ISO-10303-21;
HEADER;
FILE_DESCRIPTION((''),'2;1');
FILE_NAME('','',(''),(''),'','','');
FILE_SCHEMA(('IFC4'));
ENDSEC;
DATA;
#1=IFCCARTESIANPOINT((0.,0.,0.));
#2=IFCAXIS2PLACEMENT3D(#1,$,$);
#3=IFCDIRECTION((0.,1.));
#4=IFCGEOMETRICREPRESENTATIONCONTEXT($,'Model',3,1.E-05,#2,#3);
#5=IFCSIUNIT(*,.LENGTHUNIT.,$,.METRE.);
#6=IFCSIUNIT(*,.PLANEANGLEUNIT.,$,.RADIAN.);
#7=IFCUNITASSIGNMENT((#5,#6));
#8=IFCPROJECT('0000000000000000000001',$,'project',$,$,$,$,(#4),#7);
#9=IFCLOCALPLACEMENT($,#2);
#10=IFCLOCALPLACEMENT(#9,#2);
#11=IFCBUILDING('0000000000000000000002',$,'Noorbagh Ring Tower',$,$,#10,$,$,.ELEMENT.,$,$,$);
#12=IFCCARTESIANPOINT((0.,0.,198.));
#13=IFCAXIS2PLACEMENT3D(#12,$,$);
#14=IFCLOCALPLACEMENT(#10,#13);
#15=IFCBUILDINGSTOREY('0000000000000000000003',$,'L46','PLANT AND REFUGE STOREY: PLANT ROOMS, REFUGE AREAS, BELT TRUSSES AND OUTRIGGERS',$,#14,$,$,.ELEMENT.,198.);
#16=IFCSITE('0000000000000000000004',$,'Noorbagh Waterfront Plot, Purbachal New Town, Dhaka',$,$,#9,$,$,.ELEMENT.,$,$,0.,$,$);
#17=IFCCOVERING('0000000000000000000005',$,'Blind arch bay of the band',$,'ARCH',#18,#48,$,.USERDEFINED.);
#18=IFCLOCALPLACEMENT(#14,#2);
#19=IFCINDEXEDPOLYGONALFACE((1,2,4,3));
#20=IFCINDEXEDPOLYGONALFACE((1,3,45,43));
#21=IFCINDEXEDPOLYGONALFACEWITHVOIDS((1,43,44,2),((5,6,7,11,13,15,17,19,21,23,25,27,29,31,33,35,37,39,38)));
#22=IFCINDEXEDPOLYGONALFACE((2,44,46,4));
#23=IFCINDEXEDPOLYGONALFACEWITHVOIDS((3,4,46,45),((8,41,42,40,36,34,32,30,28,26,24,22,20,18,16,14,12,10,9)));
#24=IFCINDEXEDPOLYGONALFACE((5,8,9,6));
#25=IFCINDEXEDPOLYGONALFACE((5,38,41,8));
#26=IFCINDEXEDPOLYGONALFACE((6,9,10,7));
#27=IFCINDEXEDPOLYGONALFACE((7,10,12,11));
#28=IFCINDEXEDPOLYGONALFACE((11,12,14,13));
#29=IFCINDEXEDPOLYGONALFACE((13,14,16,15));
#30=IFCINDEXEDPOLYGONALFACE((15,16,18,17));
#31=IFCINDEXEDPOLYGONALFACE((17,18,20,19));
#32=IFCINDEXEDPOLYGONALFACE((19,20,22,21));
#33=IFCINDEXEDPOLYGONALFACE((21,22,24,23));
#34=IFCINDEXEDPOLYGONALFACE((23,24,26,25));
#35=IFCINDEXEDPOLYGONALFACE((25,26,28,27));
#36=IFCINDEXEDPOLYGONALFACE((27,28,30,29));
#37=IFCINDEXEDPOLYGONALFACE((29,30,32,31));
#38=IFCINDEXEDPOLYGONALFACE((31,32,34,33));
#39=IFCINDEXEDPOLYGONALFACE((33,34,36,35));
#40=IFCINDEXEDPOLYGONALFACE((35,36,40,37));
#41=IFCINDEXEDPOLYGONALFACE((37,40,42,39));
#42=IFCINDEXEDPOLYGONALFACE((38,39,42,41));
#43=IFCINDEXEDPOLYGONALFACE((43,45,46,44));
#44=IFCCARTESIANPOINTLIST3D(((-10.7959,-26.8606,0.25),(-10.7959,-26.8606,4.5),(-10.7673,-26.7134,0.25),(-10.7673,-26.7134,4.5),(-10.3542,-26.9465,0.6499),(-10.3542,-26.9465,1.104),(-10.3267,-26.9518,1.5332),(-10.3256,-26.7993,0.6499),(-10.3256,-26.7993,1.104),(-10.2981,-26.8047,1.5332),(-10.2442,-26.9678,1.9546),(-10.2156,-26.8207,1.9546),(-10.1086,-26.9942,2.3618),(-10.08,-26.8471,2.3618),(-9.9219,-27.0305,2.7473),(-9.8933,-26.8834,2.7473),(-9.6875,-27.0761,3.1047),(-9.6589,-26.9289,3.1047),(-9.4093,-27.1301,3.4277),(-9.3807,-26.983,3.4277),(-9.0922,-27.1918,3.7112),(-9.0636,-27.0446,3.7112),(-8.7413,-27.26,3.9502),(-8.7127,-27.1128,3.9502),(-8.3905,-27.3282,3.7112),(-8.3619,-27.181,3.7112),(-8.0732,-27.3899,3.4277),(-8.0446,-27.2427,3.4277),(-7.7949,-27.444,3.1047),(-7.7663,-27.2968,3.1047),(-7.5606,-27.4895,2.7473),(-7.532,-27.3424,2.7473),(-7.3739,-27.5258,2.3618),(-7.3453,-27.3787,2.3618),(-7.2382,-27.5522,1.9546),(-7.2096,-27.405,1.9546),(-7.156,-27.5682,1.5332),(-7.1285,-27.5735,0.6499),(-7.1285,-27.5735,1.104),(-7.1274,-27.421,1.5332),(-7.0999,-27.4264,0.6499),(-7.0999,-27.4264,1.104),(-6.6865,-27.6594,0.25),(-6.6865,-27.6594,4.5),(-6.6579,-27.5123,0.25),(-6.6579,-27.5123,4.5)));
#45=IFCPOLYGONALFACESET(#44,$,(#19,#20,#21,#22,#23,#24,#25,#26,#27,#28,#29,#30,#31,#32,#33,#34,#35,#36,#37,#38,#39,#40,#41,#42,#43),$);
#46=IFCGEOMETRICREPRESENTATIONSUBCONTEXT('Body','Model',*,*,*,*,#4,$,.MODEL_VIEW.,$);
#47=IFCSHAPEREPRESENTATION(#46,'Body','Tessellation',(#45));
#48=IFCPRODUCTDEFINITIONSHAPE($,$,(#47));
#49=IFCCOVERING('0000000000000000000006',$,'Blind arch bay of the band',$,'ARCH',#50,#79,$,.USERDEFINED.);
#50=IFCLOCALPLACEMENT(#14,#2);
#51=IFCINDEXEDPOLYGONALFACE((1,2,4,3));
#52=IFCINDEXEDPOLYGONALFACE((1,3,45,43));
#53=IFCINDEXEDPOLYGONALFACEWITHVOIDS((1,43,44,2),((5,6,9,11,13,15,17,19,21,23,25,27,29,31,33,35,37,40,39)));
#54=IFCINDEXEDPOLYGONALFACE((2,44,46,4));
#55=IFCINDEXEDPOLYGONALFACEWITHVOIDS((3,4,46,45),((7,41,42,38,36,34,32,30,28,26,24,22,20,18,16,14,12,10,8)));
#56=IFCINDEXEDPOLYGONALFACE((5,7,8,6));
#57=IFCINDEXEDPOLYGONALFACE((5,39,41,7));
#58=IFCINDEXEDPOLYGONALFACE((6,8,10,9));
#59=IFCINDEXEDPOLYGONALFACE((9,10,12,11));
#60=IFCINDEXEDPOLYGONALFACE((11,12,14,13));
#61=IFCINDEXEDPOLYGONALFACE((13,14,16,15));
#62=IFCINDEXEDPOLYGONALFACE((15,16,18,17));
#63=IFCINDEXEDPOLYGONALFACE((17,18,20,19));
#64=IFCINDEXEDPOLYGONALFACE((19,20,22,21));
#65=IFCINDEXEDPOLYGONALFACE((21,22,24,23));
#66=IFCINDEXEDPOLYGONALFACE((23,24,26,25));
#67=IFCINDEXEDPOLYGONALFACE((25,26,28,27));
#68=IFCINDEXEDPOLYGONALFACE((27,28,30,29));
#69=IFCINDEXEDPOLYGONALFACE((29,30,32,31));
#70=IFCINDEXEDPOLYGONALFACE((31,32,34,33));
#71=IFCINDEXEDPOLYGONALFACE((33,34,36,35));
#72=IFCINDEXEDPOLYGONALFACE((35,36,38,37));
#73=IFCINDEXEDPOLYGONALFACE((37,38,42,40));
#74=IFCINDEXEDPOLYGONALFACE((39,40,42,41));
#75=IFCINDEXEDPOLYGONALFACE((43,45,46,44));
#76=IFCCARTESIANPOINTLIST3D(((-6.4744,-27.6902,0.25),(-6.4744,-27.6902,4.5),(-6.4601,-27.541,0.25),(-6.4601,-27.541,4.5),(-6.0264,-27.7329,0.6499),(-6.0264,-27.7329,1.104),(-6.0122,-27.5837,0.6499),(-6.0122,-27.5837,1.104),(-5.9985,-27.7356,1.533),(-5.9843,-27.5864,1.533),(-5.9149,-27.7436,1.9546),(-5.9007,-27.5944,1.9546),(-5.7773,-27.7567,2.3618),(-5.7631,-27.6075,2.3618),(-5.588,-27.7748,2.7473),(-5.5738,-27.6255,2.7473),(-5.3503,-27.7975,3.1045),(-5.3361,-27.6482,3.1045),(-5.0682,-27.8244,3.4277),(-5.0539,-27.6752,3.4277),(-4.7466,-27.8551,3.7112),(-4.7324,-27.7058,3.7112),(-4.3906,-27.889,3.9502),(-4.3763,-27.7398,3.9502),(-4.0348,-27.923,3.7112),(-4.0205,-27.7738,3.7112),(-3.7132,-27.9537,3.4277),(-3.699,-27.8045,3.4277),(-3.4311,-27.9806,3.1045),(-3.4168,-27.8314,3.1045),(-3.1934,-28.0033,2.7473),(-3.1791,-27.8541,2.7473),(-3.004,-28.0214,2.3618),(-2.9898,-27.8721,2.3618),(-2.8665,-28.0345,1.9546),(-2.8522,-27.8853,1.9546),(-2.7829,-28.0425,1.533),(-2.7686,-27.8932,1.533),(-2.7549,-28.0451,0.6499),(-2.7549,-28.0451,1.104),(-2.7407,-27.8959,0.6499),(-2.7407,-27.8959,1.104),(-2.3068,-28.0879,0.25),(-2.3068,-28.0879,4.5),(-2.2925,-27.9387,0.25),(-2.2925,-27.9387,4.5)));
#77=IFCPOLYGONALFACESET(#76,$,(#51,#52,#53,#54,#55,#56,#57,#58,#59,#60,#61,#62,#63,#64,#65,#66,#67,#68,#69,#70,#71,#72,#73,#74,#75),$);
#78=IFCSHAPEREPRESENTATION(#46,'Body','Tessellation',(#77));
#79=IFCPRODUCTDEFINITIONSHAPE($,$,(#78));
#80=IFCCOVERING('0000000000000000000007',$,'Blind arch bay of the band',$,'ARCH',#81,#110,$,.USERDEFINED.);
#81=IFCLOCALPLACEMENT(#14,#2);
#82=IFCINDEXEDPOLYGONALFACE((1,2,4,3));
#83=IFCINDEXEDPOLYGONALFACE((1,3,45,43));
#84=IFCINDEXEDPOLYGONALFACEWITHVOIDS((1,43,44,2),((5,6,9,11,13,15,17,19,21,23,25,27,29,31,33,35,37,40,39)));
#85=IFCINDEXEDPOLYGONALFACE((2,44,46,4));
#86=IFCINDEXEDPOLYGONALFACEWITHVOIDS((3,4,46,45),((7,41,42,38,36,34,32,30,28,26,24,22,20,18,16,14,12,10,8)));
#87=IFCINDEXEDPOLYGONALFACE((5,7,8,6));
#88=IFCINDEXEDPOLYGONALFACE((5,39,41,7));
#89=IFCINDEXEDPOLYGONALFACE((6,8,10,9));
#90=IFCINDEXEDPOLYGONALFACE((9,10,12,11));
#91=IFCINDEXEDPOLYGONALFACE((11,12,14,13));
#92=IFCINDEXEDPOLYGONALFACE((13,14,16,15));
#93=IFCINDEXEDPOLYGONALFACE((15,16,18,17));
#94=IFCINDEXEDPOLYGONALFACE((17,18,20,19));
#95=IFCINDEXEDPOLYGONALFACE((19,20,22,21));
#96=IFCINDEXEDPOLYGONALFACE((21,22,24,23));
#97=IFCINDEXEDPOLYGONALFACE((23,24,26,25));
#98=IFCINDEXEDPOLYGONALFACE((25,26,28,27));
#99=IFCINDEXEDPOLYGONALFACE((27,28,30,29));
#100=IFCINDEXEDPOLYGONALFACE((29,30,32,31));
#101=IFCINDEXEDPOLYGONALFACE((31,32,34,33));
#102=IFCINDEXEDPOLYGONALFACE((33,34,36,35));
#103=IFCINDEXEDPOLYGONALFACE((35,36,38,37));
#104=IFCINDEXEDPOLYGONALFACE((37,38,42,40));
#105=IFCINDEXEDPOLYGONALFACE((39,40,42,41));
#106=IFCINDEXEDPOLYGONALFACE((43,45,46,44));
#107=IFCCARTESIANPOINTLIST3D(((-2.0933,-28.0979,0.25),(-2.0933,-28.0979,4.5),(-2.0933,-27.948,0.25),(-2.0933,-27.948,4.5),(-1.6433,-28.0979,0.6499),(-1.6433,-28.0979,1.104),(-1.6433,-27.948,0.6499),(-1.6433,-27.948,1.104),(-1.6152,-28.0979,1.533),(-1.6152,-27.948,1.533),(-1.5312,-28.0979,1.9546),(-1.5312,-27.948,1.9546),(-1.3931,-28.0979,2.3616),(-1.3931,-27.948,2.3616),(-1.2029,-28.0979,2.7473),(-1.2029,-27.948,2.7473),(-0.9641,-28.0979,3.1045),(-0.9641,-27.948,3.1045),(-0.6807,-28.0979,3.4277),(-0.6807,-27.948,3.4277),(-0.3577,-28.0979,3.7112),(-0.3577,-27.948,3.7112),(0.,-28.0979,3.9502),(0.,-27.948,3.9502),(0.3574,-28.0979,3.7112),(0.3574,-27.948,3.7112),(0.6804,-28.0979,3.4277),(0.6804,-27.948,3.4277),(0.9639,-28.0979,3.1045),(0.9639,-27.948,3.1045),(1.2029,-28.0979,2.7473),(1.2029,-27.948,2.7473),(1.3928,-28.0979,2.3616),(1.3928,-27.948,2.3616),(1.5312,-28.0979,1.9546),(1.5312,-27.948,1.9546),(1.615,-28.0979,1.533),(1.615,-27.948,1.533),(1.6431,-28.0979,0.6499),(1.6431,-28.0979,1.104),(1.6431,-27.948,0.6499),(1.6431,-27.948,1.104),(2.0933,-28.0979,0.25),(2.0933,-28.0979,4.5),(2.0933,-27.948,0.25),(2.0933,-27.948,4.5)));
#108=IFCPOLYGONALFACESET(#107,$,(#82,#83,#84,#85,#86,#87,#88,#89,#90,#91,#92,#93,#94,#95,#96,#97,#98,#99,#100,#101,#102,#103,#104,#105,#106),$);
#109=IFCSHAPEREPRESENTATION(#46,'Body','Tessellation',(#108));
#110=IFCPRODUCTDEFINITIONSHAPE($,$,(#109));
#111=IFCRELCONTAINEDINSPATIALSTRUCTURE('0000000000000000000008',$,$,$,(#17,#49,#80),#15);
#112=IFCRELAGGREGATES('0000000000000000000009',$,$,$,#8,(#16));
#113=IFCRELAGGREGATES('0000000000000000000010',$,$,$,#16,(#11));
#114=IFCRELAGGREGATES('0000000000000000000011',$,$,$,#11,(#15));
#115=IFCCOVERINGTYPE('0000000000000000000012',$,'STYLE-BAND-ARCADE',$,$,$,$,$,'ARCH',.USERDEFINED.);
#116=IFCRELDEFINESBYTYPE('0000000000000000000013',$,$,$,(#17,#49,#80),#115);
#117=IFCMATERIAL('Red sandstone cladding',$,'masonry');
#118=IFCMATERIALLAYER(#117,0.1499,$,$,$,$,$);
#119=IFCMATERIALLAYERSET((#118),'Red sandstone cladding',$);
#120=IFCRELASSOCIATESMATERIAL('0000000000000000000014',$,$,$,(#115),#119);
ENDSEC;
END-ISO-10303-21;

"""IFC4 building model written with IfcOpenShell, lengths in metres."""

from ifc_helpers import new_model, si_unit, direction, frame, origin, place, context, subcontext, project, spatial, polyline, outline, extrude, material, layer, layer_set, type_object, element, save


model = new_model("IFC4")

# Units and contexts
model_context = context("Model", 3, precision=1e-05, world=origin(), true_north=direction((0.0, 1.0)))
body_context = subcontext(model_context, "Body", "Model", "MODEL_VIEW")
ifc_project = project(units=[si_unit("LENGTHUNIT", "METRE"), si_unit("PLANEANGLEUNIT", "RADIAN")], contexts=[model_context])

# Site, building, storey
site_placement = place(None, origin())
site = spatial("IfcSite", under=ifc_project, at=site_placement, Name="Noorbagh Waterfront Plot, Purbachal New Town, Dhaka", CompositionType="ELEMENT", RefElevation=0.0)
building_placement = place(site_placement, origin())
building = spatial("IfcBuilding", under=site, at=building_placement, Name="Noorbagh Ring Tower", CompositionType="ELEMENT")
storey_placement = place(building_placement, frame((0.0, 0.0, 198.0)))
storey = spatial("IfcBuildingStorey", under=building, at=storey_placement, Name="L46", Description="PLANT AND REFUGE STOREY: PLANT ROOMS, REFUGE AREAS, BELT TRUSSES AND OUTRIGGERS", CompositionType="ELEMENT", Elevation=198.0)

# Coverings
ifc_material_1 = material(Name="Red sandstone cladding", Category="masonry")
ifc_layer_1 = layer(ifc_material_1, 0.1499)
ifc_layer_set_1 = layer_set([ifc_layer_1], Name="Red sandstone cladding")
covering_type_1 = type_object("IfcCoveringType", Name="STYLE-BAND-ARCADE", ElementType="ARCH", PredefinedType="USERDEFINED", material=ifc_layer_set_1)
covering_1_placement = place(storey_placement, frame((-10.7959, -26.8606, 0.25), z_axis=(-0.19082, -0.981625, 0.0), x_axis=(0.981625, -0.19082, 0.0)))
element("IfcCovering", 1, at=covering_1_placement, inside=storey, type_object=covering_type_1, Name="Blind arch bay of the band", ObjectType="ARCH", PredefinedType="USERDEFINED", context=body_context, shape_type="SweptSolid", body=[
    extrude(outline(polyline([(0.0, 0.0), (4.1863, 0.0), (4.1863, 4.25), (0.0, 4.25), (0.0, 0.0)]), holes=[polyline([(0.45, 0.3999), (0.45, 0.854), (0.478, 1.2832), (0.562, 1.7046), (0.7002, 2.1118), (0.8904, 2.4973), (1.1292, 2.8547), (1.4126, 3.1777), (1.7356, 3.4612), (2.093, 3.7002), (2.4504, 3.4612), (2.7737, 3.1777), (3.0571, 2.8547), (3.2959, 2.4973), (3.4861, 2.1118), (3.6243, 1.7046), (3.708, 1.2832), (3.7361, 0.854), (3.7361, 0.3999), (0.45, 0.3999)])]), origin(), (0.0, 0.0, -1.0), 0.1499),
])
covering_2_placement = place(storey_placement, frame((-6.4744, -27.6902, 0.25), z_axis=(-0.094999, -0.995477, 0.0), x_axis=(0.995477, -0.094999, 0.0)))
element("IfcCovering", 2, at=covering_2_placement, inside=storey, type_object=covering_type_1, Name="Blind arch bay of the band", ObjectType="ARCH", PredefinedType="USERDEFINED", context=body_context, shape_type="SweptSolid", body=[
    extrude(outline(polyline([(0.0, 0.0), (4.1865, 0.0), (4.1865, 4.25), (0.0, 4.25), (0.0, 0.0)]), holes=[polyline([(0.45, 0.3999), (0.45, 0.854), (0.478, 1.283), (0.562, 1.7046), (0.7002, 2.1118), (0.8904, 2.4973), (1.1292, 2.8545), (1.4126, 3.1777), (1.7356, 3.4612), (2.0933, 3.7002), (2.4507, 3.4612), (2.7737, 3.1777), (3.0571, 2.8545), (3.2959, 2.4973), (3.4861, 2.1118), (3.6243, 1.7046), (3.7083, 1.283), (3.7363, 0.854), (3.7363, 0.3999), (0.45, 0.3999)])]), origin(), (0.0, 0.0, -1.0), 0.1499),
])
covering_3_placement = place(storey_placement, frame((-2.0933, -28.0979, 0.25), z_axis=(0.0, -1.0, 0.0), x_axis=(1.0, 0.0, 0.0)))
element("IfcCovering", 3, at=covering_3_placement, inside=storey, type_object=covering_type_1, Name="Blind arch bay of the band", ObjectType="ARCH", PredefinedType="USERDEFINED", context=body_context, shape_type="SweptSolid", body=[
    extrude(outline(polyline([(0.0, 0.0), (4.1865, 0.0), (4.1865, 4.25), (0.0, 4.25), (0.0, 0.0)]), holes=[polyline([(0.45, 0.3999), (0.45, 0.854), (0.478, 1.283), (0.562, 1.7046), (0.7002, 2.1116), (0.8904, 2.4973), (1.1292, 2.8545), (1.4126, 3.1777), (1.7356, 3.4612), (2.0933, 3.7002), (2.4507, 3.4612), (2.7737, 3.1777), (3.0571, 2.8545), (3.2961, 2.4973), (3.4861, 2.1116), (3.6245, 1.7046), (3.7083, 1.283), (3.7363, 0.854), (3.7363, 0.3999), (0.45, 0.3999)])]), origin(), (0.0, 0.0, -1.0), 0.1499),
])

save(model, "model.ifc")
